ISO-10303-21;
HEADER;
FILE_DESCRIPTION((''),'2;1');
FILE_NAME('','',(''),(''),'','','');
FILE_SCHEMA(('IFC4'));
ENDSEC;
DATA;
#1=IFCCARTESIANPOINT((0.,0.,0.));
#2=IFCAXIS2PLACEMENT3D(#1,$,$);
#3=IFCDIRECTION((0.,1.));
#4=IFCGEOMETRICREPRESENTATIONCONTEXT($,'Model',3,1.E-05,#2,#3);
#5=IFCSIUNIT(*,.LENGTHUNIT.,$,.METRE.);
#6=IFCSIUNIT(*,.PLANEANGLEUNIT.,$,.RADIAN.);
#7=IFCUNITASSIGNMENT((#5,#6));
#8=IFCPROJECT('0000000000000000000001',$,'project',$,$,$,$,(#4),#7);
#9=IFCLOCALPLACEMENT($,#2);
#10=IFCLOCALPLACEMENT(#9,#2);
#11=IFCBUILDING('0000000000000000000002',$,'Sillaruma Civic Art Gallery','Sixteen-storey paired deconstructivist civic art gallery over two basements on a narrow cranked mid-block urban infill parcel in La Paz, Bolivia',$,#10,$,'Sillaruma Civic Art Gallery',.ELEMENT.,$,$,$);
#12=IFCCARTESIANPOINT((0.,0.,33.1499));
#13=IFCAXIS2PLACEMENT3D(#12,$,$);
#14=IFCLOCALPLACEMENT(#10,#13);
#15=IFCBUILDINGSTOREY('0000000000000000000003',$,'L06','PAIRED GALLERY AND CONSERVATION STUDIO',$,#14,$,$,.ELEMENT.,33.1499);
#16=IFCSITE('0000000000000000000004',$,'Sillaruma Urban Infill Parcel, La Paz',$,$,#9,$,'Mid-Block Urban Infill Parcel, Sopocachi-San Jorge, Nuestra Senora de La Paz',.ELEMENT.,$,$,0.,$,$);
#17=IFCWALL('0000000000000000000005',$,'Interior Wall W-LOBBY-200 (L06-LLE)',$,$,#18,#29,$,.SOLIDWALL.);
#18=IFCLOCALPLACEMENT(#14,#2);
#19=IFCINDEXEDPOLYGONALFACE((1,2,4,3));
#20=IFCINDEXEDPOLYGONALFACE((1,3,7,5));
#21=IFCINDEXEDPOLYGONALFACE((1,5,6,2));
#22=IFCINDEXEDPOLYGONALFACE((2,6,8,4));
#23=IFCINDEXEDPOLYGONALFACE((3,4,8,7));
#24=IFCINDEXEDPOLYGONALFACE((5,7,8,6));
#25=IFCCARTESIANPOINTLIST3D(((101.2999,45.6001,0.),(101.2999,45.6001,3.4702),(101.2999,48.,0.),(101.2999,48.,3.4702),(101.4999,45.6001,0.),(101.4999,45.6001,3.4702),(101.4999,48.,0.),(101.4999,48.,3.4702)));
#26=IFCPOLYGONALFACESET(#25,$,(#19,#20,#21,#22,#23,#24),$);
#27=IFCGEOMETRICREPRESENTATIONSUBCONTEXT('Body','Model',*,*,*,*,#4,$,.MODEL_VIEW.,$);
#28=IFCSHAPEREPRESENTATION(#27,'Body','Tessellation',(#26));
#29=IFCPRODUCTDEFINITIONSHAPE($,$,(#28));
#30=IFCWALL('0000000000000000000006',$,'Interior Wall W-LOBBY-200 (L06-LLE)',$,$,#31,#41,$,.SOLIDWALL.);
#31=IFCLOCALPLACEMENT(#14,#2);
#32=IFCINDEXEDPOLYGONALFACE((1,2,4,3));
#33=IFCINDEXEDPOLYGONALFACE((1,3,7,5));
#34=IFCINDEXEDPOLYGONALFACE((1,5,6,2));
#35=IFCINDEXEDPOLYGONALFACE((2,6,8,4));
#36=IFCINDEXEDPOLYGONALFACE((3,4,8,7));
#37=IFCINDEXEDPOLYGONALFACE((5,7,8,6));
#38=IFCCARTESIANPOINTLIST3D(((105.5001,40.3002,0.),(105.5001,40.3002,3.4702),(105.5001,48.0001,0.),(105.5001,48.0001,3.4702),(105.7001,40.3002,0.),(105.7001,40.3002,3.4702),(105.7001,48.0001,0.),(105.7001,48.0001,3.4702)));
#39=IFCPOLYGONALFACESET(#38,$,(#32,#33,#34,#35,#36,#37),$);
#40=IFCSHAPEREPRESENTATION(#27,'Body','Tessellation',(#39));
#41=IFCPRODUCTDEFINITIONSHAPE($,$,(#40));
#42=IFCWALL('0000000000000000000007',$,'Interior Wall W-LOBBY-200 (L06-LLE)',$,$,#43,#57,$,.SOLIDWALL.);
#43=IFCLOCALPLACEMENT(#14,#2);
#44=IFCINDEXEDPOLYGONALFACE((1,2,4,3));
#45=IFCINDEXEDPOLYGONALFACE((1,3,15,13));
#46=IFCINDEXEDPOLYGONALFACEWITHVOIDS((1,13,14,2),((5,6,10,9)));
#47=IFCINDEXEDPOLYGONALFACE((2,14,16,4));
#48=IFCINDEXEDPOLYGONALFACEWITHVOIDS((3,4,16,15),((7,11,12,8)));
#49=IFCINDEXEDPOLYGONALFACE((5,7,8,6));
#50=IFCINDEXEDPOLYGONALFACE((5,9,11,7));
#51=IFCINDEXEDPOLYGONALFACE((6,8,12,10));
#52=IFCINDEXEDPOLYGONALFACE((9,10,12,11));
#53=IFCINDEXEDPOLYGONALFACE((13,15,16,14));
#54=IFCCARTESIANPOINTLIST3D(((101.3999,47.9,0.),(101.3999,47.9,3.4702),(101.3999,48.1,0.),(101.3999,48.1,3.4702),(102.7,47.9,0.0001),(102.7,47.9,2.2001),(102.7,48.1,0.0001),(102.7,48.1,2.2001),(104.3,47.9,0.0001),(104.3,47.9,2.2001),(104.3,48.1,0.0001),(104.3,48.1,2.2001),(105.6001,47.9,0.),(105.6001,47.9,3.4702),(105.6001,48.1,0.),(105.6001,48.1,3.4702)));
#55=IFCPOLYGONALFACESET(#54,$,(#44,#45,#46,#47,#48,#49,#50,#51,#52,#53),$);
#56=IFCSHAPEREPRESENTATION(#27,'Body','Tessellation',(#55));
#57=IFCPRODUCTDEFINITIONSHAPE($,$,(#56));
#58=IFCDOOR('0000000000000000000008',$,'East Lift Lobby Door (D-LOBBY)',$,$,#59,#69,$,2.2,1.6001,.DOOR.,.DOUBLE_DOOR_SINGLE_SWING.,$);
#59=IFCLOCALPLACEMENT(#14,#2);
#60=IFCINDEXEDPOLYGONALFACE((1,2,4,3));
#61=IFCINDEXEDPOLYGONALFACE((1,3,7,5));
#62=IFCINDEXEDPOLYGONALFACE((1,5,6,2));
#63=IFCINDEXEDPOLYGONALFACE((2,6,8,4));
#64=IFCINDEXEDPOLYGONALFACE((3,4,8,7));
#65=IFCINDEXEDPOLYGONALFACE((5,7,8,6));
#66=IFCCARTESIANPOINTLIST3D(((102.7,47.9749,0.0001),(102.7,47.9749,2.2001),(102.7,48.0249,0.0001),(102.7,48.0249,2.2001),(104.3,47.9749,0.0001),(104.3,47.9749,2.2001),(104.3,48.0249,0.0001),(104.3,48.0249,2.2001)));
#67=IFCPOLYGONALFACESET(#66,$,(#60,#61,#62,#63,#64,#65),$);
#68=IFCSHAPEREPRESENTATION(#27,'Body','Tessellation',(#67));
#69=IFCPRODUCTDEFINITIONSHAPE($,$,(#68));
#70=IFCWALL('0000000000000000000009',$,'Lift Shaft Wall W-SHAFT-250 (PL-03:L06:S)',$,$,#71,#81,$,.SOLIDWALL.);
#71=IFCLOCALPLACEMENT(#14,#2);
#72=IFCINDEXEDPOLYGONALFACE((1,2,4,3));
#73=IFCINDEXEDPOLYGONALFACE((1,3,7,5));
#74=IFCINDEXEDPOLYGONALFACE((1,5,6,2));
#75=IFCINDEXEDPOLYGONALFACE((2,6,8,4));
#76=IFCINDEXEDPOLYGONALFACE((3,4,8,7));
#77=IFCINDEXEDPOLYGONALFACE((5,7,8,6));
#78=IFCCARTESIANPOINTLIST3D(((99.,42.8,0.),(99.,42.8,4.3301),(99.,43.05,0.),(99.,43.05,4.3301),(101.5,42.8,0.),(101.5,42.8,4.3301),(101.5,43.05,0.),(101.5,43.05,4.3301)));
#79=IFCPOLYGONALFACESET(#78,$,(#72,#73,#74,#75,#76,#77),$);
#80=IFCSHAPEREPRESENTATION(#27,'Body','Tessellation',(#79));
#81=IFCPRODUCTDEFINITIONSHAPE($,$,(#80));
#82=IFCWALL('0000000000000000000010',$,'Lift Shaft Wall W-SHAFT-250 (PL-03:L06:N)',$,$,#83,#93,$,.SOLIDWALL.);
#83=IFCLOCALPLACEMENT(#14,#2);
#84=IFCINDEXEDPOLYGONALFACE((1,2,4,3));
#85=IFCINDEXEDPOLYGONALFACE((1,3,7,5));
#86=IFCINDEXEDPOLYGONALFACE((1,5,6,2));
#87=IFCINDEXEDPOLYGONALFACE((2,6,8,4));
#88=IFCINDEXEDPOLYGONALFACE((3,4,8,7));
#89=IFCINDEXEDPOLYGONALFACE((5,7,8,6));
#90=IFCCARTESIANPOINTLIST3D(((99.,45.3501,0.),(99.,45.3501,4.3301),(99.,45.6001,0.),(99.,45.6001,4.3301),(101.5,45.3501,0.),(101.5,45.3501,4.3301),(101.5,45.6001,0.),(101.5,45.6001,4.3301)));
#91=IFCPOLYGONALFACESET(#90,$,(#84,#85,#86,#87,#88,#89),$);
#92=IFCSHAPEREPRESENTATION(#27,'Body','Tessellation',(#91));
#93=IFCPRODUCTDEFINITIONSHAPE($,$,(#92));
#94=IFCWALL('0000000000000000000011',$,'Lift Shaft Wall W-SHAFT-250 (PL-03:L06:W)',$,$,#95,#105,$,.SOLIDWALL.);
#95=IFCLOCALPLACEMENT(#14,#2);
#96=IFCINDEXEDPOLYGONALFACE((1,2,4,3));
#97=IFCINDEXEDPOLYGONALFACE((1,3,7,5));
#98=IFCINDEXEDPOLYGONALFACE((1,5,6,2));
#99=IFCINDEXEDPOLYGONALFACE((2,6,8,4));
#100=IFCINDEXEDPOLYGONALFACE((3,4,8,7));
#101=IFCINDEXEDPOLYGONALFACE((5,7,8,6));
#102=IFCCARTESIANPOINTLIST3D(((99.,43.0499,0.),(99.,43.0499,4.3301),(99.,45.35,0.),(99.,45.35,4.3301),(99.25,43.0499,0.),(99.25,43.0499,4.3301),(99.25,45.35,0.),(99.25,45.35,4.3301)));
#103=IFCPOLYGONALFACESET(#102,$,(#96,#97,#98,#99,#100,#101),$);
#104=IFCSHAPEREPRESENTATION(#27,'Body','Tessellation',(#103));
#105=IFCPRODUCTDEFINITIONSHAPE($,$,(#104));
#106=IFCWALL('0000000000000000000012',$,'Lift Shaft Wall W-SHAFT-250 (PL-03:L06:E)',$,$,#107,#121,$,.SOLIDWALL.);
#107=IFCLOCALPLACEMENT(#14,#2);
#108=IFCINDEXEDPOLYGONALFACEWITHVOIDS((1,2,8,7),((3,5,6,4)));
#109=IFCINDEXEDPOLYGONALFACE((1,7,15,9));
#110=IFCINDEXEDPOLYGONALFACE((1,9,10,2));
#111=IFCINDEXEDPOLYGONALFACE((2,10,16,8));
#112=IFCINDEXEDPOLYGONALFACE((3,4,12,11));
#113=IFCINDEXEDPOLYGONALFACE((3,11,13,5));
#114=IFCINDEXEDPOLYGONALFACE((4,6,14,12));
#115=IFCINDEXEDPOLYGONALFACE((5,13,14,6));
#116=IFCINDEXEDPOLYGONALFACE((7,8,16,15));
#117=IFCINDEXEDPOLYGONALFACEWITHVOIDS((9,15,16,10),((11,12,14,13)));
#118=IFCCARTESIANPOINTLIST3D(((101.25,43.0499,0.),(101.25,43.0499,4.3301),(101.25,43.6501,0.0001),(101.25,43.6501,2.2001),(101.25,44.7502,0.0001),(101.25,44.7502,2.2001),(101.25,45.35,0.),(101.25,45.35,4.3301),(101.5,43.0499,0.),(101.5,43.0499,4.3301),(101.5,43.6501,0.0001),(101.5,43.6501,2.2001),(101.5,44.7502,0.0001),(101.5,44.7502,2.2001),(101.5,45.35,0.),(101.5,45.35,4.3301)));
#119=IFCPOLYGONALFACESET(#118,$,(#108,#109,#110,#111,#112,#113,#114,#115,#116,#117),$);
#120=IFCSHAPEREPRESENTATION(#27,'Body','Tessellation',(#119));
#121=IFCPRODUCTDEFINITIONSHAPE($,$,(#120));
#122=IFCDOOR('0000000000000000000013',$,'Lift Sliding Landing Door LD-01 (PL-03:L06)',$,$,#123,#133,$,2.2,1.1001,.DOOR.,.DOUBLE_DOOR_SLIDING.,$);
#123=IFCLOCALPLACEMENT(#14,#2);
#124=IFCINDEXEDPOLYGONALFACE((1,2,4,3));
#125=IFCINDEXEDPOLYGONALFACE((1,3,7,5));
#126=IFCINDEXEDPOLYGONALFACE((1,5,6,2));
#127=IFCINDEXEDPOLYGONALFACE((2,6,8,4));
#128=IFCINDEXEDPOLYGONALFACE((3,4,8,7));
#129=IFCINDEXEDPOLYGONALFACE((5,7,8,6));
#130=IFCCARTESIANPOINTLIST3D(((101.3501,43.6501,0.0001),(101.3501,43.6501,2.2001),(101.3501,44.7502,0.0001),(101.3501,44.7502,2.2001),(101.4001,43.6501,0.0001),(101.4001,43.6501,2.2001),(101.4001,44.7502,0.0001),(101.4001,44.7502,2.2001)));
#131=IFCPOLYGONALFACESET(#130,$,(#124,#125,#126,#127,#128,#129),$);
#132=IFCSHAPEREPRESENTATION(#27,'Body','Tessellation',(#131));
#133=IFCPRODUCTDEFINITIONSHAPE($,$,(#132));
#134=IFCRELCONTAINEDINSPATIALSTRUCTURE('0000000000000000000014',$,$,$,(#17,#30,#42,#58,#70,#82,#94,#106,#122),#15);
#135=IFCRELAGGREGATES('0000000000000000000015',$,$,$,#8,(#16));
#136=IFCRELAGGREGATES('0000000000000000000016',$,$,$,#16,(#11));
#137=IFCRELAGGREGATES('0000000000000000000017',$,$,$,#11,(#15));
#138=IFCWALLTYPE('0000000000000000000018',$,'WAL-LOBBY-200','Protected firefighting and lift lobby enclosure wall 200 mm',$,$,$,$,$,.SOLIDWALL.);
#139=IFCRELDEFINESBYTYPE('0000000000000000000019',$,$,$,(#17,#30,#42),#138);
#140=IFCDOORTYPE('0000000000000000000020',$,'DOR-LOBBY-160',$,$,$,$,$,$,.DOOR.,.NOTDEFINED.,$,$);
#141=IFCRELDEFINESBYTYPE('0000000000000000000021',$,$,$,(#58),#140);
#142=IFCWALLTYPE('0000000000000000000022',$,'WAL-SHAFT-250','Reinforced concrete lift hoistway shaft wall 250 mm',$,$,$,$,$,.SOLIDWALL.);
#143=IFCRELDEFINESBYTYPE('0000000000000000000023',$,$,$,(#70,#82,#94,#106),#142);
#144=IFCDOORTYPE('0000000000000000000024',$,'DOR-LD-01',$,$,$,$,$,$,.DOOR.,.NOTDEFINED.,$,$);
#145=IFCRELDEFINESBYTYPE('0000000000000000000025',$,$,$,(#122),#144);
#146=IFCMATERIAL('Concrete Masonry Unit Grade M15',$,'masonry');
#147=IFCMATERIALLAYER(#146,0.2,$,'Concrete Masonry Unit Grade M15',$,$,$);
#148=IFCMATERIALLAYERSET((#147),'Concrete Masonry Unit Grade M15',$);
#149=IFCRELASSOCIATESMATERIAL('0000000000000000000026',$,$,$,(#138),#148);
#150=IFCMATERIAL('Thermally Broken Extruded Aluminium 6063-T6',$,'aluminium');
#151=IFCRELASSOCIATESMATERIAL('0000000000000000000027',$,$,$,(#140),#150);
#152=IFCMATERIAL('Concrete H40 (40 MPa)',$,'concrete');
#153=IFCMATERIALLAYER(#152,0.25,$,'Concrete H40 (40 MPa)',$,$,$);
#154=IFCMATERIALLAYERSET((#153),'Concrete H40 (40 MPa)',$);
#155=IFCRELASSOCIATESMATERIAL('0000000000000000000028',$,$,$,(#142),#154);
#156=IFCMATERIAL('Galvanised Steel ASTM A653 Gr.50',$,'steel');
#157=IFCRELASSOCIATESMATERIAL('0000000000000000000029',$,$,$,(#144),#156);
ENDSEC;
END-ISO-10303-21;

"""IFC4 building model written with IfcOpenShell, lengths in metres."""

from ifc_helpers import new_model, si_unit, direction, frame, frame_2d, origin, place, context, subcontext, project, spatial, rectangle, extrude, material, layer, layer_set, type_object, element, fill, save


model = new_model("IFC4")

# Units and contexts
model_context = context("Model", 3, precision=1e-05, world=origin(), true_north=direction((0.0, 1.0)))
body_context = subcontext(model_context, "Body", "Model", "MODEL_VIEW")
ifc_project = project(units=[si_unit("LENGTHUNIT", "METRE"), si_unit("PLANEANGLEUNIT", "RADIAN")], contexts=[model_context])

# Site, building, storey
site_placement = place(None, origin())
site = spatial("IfcSite", under=ifc_project, at=site_placement, Name="Sillaruma Urban Infill Parcel, La Paz", LongName="Mid-Block Urban Infill Parcel, Sopocachi-San Jorge, Nuestra Senora de La Paz", CompositionType="ELEMENT", RefElevation=0.0)
building_placement = place(site_placement, origin())
building = spatial("IfcBuilding", under=site, at=building_placement, Name="Sillaruma Civic Art Gallery", Description="Sixteen-storey paired deconstructivist civic art gallery over two basements on a narrow cranked mid-block urban infill parcel in La Paz, Bolivia", LongName="Sillaruma Civic Art Gallery", CompositionType="ELEMENT")
storey_placement = place(building_placement, frame((0.0, 0.0, 33.1499)))
storey = spatial("IfcBuildingStorey", under=building, at=storey_placement, Name="L06", Description="PAIRED GALLERY AND CONSERVATION STUDIO", CompositionType="ELEMENT", Elevation=33.1499)

# Shared definitions
ifc_material_1 = material(Name="Concrete H40 (40 MPa)", Category="concrete")

# Shared definitions
ifc_material_2 = material(Name="Galvanised Steel ASTM A653 Gr.50", Category="steel")

# Walls
ifc_material_3 = material(Name="Concrete Masonry Unit Grade M15", Category="masonry")
ifc_layer_1 = layer(ifc_material_3, 0.2, Name="Concrete Masonry Unit Grade M15")
ifc_layer_set_1 = layer_set([ifc_layer_1], Name="Concrete Masonry Unit Grade M15")
wall_type_1 = type_object("IfcWallType", Name="WAL-LOBBY-200", Description="Protected firefighting and lift lobby enclosure wall 200 mm", PredefinedType="SOLIDWALL", material=ifc_layer_set_1)
wall_1_placement = place(storey_placement, frame((101.3999, 45.6001, 0.0), z_axis=(0.0, 0.0, 1.0), x_axis=(0.0, 1.0, 0.0)))
element("IfcWall", 1, at=wall_1_placement, inside=storey, type_object=wall_type_1, Name="Interior Wall W-LOBBY-200 (L06-LLE)", PredefinedType="SOLIDWALL", context=body_context, shape_type="SweptSolid", body=[
    extrude(rectangle(XDim=2.3999, YDim=0.2, at=frame_2d((1.2, 0.0))), origin(), (0.0, 0.0, 1.0), 3.4702),
])
wall_2_placement = place(storey_placement, frame((105.6001, 40.3, 0.0), z_axis=(0.0, 0.0, 1.0), x_axis=(0.0, 1.0, 0.0)))
element("IfcWall", 2, at=wall_2_placement, inside=storey, type_object=wall_type_1, Name="Interior Wall W-LOBBY-200 (L06-LLE)", PredefinedType="SOLIDWALL", context=body_context, shape_type="SweptSolid", body=[
    extrude(rectangle(XDim=7.7, YDim=0.2, at=frame_2d((3.8501, 0.0))), origin(), (0.0, 0.0, 1.0), 3.4702),
])

# Wall, opening, door
wall_3_placement = place(storey_placement, frame((101.3999, 48.0, 0.0), z_axis=(0.0, 0.0, 1.0), x_axis=(1.0, 0.0, 0.0)))
wall_3 = element("IfcWall", 3, at=wall_3_placement, inside=storey, type_object=wall_type_1, Name="Interior Wall W-LOBBY-200 (L06-LLE)", PredefinedType="SOLIDWALL", context=body_context, shape_type="SweptSolid", body=[
    extrude(rectangle(XDim=4.2002, YDim=0.2, at=frame_2d((2.1001, 0.0))), origin(), (0.0, 0.0, 1.0), 3.4702),
])
opening_1_placement = place(wall_3_placement, frame((1.3, 0.0, 0.0)))
opening_1 = element("IfcOpeningElement", 4, at=opening_1_placement, cuts=wall_3, PredefinedType="OPENING", context=body_context, shape_type="SweptSolid", body=[
    extrude(rectangle(XDim=1.6001, YDim=2.2, at=frame_2d((0.8, 1.1001))), frame((0.0, 0.1099, 0.0), z_axis=(0.0, -1.0, 0.0), x_axis=(1.0, 0.0, 0.0)), (0.0, 0.0, 1.0), 0.22),
])
ifc_material_4 = material(Name="Thermally Broken Extruded Aluminium 6063-T6", Category="aluminium")
door_type_1 = type_object("IfcDoorType", Name="DOR-LOBBY-160", OperationType="NOTDEFINED", PredefinedType="DOOR", material=ifc_material_4)
door_1_placement = place(opening_1_placement, origin())
door_1 = element("IfcDoor", 5, at=door_1_placement, inside=storey, type_object=door_type_1, Name="East Lift Lobby Door (D-LOBBY)", OperationType="DOUBLE_DOOR_SINGLE_SWING", OverallHeight=2.2, OverallWidth=1.6001, PredefinedType="DOOR", context=body_context, shape_type="SweptSolid", body=[
    extrude(rectangle(XDim=1.6001, YDim=2.2, at=frame_2d((0.8, 1.1001))), frame((0.0, 0.0249, 0.0), z_axis=(0.0, -1.0, 0.0), x_axis=(1.0, 0.0, 0.0)), (0.0, 0.0, 1.0), 0.05),
])
fill(opening_1, door_1)

# Walls
ifc_layer_2 = layer(ifc_material_1, 0.25, Name="Concrete H40 (40 MPa)")
ifc_layer_set_2 = layer_set([ifc_layer_2], Name="Concrete H40 (40 MPa)")
wall_type_2 = type_object("IfcWallType", Name="WAL-SHAFT-250", Description="Reinforced concrete lift hoistway shaft wall 250 mm", PredefinedType="SOLIDWALL", material=ifc_layer_set_2)
for number, where, z_axis, x_axis, name in (
    (6, (99.0, 42.925, 0.0), (0.0, 0.0, 1.0), (1.0, 0.0, 0.0), "Lift Shaft Wall W-SHAFT-250 (PL-03:L06:S)"),
    (7, (99.0, 45.4751, 0.0), (0.0, 0.0, 1.0), (1.0, 0.0, 0.0), "Lift Shaft Wall W-SHAFT-250 (PL-03:L06:N)"),
):
    element("IfcWall", number, at=place(storey_placement, frame(where, z_axis=z_axis, x_axis=x_axis)), inside=storey, type_object=wall_type_2, Name=name, PredefinedType="SOLIDWALL", context=body_context, shape_type="SweptSolid", body=[
        extrude(rectangle(XDim=2.5, YDim=0.25, at=frame_2d((1.25, 0.0))), origin(), (0.0, 0.0, 1.0), 4.3301),
    ])
wall_4_placement = place(storey_placement, frame((99.125, 43.05, 0.0), z_axis=(0.0, 0.0, 1.0), x_axis=(0.0, 1.0, 0.0)))
element("IfcWall", 8, at=wall_4_placement, inside=storey, type_object=wall_type_2, Name="Lift Shaft Wall W-SHAFT-250 (PL-03:L06:W)", PredefinedType="SOLIDWALL", context=body_context, shape_type="SweptSolid", body=[
    extrude(rectangle(XDim=2.3, YDim=0.25, at=frame_2d((1.1499, 0.0))), origin(), (0.0, 0.0, 1.0), 4.3301),
])

# Wall, opening, door
wall_5_placement = place(storey_placement, frame((101.375, 43.05, 0.0), z_axis=(0.0, 0.0, 1.0), x_axis=(0.0, 1.0, 0.0)))
wall_5 = element("IfcWall", 9, at=wall_5_placement, inside=storey, type_object=wall_type_2, Name="Lift Shaft Wall W-SHAFT-250 (PL-03:L06:E)", PredefinedType="SOLIDWALL", context=body_context, shape_type="SweptSolid", body=[
    extrude(rectangle(XDim=2.3, YDim=0.25, at=frame_2d((1.1499, 0.0))), origin(), (0.0, 0.0, 1.0), 4.3301),
])
opening_2_placement = place(wall_5_placement, frame((0.6001, 0.0, 0.0)))
opening_2 = element("IfcOpeningElement", 10, at=opening_2_placement, cuts=wall_5, PredefinedType="OPENING", context=body_context, shape_type="SweptSolid", body=[
    extrude(rectangle(XDim=1.1001, YDim=2.2, at=frame_2d((0.55, 1.1001))), frame((0.0, 0.135, 0.0), z_axis=(0.0, -1.0, 0.0), x_axis=(1.0, 0.0, 0.0)), (0.0, 0.0, 1.0), 0.27),
])
door_type_2 = type_object("IfcDoorType", Name="DOR-LD-01", OperationType="NOTDEFINED", PredefinedType="DOOR", material=ifc_material_2)
door_2_placement = place(opening_2_placement, origin())
door_2 = element("IfcDoor", 11, at=door_2_placement, inside=storey, type_object=door_type_2, Name="Lift Sliding Landing Door LD-01 (PL-03:L06)", OperationType="DOUBLE_DOOR_SLIDING", OverallHeight=2.2, OverallWidth=1.1001, PredefinedType="DOOR", context=body_context, shape_type="SweptSolid", body=[
    extrude(rectangle(XDim=1.1001, YDim=2.2, at=frame_2d((0.55, 1.1001))), frame((0.0, 0.0249, 0.0), z_axis=(0.0, -1.0, 0.0), x_axis=(1.0, 0.0, 0.0)), (0.0, 0.0, 1.0), 0.05),
])
fill(opening_2, door_2)

save(model, "model.ifc")
